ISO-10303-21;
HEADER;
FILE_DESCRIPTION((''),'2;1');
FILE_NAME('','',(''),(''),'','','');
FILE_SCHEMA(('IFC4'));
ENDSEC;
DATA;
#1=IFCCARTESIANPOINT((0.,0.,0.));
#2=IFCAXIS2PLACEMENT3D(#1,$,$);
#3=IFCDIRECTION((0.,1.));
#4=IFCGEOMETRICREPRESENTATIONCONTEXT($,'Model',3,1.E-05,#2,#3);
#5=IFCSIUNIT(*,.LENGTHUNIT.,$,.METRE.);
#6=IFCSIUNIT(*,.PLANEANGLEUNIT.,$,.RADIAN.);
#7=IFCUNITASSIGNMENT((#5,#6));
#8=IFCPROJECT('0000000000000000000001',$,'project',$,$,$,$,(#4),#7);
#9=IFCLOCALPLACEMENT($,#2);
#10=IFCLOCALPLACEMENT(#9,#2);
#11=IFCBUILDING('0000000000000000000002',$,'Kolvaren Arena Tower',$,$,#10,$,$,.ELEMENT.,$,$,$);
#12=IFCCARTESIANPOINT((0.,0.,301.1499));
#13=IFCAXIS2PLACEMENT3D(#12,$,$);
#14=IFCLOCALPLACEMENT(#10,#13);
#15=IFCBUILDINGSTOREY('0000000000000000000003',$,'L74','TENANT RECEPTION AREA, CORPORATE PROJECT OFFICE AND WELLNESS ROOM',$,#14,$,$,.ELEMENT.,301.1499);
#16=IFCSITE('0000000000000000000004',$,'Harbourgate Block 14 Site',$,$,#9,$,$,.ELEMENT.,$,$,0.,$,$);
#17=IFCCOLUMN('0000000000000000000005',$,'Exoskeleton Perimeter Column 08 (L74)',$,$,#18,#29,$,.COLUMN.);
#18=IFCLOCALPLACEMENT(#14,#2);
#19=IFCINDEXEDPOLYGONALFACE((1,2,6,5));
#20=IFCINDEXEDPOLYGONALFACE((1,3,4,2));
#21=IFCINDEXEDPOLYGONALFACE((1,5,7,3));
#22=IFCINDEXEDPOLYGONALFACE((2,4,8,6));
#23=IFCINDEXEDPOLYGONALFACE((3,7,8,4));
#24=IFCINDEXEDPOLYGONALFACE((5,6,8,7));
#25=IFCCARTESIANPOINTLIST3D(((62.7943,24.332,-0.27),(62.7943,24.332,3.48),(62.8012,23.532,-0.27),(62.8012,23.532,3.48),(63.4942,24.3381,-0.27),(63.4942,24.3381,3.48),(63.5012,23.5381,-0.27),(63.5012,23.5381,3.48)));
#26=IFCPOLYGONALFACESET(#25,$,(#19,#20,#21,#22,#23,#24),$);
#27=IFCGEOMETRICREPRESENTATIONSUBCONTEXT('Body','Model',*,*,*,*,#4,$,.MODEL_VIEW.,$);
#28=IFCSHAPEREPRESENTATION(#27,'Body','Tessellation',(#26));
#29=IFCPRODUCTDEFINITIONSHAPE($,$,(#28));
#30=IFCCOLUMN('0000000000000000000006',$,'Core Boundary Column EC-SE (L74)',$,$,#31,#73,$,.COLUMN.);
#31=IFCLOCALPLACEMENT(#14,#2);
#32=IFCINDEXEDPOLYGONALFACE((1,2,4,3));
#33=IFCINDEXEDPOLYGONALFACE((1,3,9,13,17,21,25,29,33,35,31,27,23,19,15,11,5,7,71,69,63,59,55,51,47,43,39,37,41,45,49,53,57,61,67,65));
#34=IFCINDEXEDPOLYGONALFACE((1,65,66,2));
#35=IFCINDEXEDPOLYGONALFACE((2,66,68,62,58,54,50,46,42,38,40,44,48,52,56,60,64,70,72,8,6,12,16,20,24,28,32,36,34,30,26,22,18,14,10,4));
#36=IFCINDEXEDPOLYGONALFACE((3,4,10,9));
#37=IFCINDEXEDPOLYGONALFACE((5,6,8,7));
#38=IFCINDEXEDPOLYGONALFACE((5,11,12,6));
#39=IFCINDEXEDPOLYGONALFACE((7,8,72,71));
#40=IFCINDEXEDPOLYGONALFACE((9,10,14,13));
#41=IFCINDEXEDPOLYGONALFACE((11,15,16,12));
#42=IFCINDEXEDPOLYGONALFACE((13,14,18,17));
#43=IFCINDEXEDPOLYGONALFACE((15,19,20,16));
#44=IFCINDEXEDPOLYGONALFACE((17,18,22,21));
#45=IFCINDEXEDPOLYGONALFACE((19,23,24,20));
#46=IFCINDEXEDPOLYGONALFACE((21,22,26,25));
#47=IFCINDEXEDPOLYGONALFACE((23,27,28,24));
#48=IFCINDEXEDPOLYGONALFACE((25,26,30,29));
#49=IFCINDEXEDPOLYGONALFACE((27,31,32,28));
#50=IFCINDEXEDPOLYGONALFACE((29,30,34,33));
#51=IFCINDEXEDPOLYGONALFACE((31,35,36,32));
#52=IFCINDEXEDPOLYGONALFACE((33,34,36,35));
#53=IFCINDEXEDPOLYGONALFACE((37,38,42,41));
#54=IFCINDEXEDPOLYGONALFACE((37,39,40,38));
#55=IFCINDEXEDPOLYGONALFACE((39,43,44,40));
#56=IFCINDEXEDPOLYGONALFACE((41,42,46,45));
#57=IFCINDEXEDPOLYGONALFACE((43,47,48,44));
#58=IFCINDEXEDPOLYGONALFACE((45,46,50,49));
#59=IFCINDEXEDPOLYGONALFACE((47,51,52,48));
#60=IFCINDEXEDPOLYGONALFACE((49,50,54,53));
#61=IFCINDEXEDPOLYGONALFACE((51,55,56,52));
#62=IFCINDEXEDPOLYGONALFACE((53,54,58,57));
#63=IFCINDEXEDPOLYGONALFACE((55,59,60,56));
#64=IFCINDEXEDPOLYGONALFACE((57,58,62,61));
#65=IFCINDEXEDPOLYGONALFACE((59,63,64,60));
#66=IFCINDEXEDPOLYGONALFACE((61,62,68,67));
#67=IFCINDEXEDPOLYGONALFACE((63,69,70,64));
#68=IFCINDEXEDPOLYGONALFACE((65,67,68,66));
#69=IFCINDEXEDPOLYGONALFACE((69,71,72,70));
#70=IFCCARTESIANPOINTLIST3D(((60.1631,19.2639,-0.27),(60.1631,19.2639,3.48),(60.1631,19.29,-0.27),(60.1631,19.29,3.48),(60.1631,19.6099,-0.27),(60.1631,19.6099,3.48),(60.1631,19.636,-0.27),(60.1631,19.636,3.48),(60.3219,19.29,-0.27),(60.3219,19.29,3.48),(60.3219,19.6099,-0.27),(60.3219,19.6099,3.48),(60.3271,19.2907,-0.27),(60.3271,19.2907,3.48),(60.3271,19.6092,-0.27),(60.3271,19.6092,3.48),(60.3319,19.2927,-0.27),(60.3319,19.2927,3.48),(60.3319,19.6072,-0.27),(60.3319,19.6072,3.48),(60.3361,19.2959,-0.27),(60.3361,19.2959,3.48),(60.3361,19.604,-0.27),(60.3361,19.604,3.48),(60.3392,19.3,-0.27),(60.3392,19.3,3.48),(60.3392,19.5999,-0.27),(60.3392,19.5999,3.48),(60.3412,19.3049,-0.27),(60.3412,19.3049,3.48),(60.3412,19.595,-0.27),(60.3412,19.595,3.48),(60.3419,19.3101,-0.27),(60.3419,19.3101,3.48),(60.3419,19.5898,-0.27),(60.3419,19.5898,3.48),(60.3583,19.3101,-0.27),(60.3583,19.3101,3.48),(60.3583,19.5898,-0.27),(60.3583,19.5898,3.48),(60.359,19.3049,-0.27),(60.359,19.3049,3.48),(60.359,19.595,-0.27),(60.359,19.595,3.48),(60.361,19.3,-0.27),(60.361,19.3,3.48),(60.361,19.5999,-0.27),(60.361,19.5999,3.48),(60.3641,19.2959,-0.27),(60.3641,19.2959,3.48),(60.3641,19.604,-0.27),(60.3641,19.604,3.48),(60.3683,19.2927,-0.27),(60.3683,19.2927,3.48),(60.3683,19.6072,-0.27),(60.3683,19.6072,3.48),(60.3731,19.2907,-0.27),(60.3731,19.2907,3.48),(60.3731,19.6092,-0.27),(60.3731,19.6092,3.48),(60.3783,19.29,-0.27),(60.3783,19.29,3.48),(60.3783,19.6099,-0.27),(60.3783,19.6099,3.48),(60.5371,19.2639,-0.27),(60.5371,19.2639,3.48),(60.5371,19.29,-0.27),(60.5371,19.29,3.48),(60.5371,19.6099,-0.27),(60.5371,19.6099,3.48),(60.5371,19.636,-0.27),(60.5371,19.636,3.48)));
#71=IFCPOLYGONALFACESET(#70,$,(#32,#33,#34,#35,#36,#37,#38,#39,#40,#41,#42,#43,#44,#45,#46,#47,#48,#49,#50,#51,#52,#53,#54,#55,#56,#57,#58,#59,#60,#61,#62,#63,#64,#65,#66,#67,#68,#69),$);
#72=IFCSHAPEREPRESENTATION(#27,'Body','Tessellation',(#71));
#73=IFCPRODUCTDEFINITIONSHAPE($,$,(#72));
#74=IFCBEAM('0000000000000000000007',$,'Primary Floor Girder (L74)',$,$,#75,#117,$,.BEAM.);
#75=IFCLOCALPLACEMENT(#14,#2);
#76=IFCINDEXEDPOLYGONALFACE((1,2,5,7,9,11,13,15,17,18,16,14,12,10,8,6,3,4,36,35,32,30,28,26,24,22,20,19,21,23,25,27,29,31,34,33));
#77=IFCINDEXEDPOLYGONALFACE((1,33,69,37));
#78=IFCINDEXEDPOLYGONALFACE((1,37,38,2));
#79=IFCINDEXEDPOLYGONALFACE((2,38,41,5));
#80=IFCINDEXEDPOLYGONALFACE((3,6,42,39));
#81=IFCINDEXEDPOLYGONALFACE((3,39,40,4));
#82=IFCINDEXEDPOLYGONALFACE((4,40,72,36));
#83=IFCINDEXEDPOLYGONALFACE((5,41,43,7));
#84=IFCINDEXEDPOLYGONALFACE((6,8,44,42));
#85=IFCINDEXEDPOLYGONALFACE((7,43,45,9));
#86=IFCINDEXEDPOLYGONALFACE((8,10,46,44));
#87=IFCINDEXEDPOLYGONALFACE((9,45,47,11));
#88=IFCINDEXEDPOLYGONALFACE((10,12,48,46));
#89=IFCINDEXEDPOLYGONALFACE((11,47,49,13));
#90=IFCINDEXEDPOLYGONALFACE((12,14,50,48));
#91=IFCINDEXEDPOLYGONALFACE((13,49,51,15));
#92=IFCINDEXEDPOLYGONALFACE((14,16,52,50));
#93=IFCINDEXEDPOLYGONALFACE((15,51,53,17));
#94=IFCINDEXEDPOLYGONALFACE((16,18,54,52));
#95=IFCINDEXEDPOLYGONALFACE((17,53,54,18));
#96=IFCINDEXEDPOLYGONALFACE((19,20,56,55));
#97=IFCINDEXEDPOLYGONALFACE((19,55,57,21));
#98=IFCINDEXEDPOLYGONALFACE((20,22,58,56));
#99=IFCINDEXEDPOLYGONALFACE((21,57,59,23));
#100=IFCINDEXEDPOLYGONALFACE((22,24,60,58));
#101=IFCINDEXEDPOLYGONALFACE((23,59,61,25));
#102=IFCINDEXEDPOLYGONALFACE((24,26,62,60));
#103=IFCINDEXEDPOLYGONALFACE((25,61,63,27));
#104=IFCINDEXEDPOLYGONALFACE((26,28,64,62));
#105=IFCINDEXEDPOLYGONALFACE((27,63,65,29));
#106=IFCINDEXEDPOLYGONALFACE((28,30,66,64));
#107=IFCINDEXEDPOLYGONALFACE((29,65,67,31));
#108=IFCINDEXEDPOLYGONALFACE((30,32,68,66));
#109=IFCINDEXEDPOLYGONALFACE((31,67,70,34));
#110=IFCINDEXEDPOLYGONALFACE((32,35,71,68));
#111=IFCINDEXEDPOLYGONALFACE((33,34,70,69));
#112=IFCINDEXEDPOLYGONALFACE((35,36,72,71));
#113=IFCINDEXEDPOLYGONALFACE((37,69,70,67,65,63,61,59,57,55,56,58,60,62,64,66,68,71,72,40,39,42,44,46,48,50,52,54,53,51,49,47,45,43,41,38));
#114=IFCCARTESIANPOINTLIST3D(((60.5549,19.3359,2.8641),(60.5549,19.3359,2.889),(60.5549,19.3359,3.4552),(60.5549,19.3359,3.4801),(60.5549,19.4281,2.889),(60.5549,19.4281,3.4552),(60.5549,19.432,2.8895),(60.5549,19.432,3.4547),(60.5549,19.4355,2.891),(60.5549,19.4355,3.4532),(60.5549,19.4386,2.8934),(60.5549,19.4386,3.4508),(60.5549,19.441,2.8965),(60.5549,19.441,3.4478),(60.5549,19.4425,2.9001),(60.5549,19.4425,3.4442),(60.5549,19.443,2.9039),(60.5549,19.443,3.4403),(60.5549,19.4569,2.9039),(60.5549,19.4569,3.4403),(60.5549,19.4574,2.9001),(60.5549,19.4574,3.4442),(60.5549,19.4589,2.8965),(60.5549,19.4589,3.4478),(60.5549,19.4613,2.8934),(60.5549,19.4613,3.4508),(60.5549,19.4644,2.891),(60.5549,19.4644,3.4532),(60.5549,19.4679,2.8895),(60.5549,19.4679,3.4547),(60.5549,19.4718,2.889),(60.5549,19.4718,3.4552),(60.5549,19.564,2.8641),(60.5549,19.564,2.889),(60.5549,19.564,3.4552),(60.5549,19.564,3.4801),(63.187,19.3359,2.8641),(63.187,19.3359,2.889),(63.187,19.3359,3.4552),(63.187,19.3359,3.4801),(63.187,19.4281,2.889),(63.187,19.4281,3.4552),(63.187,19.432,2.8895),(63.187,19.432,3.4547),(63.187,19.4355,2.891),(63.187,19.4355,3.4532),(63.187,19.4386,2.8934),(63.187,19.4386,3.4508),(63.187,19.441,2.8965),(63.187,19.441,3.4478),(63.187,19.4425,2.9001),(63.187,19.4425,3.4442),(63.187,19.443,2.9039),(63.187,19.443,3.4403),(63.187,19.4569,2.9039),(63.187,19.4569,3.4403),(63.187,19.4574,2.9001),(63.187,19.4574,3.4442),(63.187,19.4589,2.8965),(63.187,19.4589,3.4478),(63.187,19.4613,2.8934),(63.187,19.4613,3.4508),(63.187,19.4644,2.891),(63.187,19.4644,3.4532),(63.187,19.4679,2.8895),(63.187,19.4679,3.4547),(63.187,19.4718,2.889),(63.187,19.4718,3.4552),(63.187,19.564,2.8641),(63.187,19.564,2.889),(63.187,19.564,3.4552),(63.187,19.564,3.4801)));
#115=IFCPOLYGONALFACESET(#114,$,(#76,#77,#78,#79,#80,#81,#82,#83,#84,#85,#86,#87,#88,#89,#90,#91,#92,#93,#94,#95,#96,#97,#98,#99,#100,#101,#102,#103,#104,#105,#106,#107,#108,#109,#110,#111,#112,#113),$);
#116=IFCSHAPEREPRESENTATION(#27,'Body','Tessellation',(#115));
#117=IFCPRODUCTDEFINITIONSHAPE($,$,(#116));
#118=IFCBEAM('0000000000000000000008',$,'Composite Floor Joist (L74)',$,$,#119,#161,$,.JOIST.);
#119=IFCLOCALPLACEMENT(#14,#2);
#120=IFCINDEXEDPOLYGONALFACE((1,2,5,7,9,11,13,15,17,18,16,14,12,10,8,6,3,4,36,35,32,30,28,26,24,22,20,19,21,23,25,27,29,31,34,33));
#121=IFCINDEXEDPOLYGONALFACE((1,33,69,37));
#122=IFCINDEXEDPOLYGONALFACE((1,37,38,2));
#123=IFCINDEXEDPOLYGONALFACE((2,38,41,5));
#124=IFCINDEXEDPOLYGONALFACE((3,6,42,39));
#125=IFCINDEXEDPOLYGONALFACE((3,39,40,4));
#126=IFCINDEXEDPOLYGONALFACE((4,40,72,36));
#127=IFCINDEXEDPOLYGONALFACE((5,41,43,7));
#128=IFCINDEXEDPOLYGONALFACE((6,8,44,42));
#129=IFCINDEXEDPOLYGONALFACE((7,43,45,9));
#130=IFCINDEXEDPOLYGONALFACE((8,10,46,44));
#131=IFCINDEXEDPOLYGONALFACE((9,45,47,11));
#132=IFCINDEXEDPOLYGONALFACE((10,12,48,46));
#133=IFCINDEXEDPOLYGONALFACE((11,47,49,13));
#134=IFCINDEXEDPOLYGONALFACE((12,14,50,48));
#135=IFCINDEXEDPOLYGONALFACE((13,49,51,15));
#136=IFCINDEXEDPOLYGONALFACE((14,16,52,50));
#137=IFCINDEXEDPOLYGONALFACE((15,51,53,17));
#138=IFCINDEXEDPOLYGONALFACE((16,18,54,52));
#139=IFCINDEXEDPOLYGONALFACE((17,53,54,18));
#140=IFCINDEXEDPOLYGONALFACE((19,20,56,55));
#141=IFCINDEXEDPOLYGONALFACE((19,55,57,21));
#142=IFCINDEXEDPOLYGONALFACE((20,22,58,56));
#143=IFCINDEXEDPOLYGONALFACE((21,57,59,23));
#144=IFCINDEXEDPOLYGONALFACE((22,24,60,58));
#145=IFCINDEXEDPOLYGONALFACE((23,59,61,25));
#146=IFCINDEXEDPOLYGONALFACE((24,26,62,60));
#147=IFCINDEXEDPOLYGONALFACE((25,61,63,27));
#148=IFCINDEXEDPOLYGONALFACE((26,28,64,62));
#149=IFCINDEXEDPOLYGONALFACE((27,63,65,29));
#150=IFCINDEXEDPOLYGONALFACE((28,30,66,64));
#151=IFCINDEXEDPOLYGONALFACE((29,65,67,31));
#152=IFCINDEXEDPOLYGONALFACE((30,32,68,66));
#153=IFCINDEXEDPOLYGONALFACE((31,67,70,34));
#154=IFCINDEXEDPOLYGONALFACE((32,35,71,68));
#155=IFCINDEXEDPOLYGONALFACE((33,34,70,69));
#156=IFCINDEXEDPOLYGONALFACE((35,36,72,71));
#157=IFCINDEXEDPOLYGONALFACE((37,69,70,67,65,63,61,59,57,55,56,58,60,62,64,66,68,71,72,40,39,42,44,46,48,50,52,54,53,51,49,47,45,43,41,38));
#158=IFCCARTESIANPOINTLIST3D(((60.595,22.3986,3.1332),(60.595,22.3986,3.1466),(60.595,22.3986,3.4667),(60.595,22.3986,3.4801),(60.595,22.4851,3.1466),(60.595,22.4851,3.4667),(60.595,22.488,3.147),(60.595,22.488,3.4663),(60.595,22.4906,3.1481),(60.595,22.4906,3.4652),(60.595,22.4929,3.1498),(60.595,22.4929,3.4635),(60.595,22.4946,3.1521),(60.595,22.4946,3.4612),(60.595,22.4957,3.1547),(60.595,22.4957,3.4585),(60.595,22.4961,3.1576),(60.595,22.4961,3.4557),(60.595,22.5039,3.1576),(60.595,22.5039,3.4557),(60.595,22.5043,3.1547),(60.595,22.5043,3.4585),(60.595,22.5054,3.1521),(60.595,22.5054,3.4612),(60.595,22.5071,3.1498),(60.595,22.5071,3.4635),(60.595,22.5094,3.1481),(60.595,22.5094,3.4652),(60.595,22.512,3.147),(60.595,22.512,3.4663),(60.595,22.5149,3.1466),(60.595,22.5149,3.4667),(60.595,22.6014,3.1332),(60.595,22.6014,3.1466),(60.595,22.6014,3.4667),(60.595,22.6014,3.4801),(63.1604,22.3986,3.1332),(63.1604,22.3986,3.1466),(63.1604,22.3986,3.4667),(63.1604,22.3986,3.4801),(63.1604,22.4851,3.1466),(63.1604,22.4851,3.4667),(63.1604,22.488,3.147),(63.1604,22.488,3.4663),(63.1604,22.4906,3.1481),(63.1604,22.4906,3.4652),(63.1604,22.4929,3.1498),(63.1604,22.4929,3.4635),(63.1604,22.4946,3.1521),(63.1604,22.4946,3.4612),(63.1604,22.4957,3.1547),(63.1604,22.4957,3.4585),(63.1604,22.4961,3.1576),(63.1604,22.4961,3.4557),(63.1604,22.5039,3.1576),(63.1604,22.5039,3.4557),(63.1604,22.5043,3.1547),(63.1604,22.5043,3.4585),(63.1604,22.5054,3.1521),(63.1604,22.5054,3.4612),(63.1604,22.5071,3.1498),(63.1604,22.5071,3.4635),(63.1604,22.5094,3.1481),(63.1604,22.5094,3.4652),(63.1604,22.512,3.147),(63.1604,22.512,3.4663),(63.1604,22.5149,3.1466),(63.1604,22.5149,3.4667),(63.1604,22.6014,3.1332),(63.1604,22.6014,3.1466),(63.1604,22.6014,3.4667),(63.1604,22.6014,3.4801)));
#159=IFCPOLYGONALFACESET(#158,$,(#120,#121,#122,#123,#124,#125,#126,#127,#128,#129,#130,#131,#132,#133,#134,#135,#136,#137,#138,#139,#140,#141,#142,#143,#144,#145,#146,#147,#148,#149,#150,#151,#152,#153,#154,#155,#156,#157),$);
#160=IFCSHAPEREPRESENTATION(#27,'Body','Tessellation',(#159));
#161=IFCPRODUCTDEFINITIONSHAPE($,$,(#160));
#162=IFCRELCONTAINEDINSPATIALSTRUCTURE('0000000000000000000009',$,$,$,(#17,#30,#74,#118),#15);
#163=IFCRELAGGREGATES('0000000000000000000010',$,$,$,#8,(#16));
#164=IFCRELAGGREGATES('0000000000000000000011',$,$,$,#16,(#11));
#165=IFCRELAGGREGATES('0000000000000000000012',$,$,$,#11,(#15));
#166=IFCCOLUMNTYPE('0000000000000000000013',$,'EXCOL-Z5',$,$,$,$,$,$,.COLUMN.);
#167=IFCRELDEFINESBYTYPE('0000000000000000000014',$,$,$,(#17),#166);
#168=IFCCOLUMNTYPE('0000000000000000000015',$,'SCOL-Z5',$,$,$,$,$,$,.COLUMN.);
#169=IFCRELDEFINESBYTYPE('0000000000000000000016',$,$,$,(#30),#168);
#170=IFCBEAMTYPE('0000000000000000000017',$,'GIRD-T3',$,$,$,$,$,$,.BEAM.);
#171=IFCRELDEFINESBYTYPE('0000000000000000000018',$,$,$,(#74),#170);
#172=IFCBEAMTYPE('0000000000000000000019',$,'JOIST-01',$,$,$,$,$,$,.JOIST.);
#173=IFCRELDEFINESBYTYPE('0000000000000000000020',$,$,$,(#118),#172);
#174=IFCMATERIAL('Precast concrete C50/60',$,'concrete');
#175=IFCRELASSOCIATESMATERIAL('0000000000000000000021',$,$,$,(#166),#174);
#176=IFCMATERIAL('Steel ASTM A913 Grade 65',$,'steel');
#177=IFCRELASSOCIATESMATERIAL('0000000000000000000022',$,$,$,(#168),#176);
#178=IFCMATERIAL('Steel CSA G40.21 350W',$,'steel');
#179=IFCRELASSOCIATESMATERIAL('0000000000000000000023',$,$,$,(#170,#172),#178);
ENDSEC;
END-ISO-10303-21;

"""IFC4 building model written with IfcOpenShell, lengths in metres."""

from ifc_helpers import new_model, si_unit, direction, frame, origin, origin_2d, place, context, subcontext, project, spatial, rectangle, i_section, extrude, material, material_profile, profile_set, type_object, element, save


model = new_model("IFC4")

# Units and contexts
model_context = context("Model", 3, precision=1e-05, world=origin(), true_north=direction((0.0, 1.0)))
body_context = subcontext(model_context, "Body", "Model", "MODEL_VIEW")
ifc_project = project(units=[si_unit("LENGTHUNIT", "METRE"), si_unit("PLANEANGLEUNIT", "RADIAN")], contexts=[model_context])

# Site, building, storey
site_placement = place(None, origin())
site = spatial("IfcSite", under=ifc_project, at=site_placement, Name="Harbourgate Block 14 Site", CompositionType="ELEMENT", RefElevation=0.0)
building_placement = place(site_placement, origin())
building = spatial("IfcBuilding", under=site, at=building_placement, Name="Kolvaren Arena Tower", CompositionType="ELEMENT")
storey_placement = place(building_placement, frame((0.0, 0.0, 301.1499)))
storey = spatial("IfcBuildingStorey", under=building, at=storey_placement, Name="L74", Description="TENANT RECEPTION AREA, CORPORATE PROJECT OFFICE AND WELLNESS ROOM", CompositionType="ELEMENT", Elevation=301.1499)

# Columns
ifc_material_1 = material(Name="Precast concrete C50/60", Category="concrete")
ifc_material_profile_1 = material_profile(ifc_material_1, rectangle(XDim=0.8, YDim=0.7, at=origin_2d()), Name="RC-800x700")
ifc_profile_set_1 = profile_set([ifc_material_profile_1], Name="Precast concrete C50/60")
column_type_1 = type_object("IfcColumnType", Name="EXCOL-Z5", PredefinedType="COLUMN", material=ifc_profile_set_1)
column_1_placement = place(storey_placement, frame((63.1477, 23.9351, -0.27), z_axis=(0.0, 0.0, 1.0), x_axis=(-0.008727, 0.999962, 0.0)))
element("IfcColumn", 1, at=column_1_placement, inside=storey, type_object=column_type_1, Name="Exoskeleton Perimeter Column 08 (L74)", PredefinedType="COLUMN", context=body_context, shape_type="SweptSolid", body=[
    extrude(rectangle(XDim=0.8, YDim=0.7, at=origin_2d()), origin(), (0.0, 0.0, 1.0), 3.75),
])
ifc_material_2 = material(Name="Steel ASTM A913 Grade 65", Category="steel")
ifc_material_profile_2 = material_profile(ifc_material_2, i_section(OverallWidth=0.374, OverallDepth=0.3721, WebThickness=0.0164, FlangeThickness=0.0261, FilletRadius=0.02, at=origin_2d()), Name="W360x196")
ifc_profile_set_2 = profile_set([ifc_material_profile_2], Name="Steel ASTM A913 Grade 65")
column_type_2 = type_object("IfcColumnType", Name="SCOL-Z5", PredefinedType="COLUMN", material=ifc_profile_set_2)
column_2_placement = place(storey_placement, frame((60.3501, 19.45, -0.27), z_axis=(0.0, 0.0, 1.0), x_axis=(1.0, 0.0, 0.0)))
element("IfcColumn", 2, at=column_2_placement, inside=storey, type_object=column_type_2, Name="Core Boundary Column EC-SE (L74)", PredefinedType="COLUMN", context=body_context, shape_type="SweptSolid", body=[
    extrude(i_section(OverallWidth=0.374, OverallDepth=0.3721, WebThickness=0.0164, FlangeThickness=0.0261, FilletRadius=0.02, at=origin_2d()), origin(), (0.0, 0.0, 1.0), 3.75),
])

# Beams
ifc_material_3 = material(Name="Steel CSA G40.21 350W", Category="steel")
ifc_material_profile_3 = material_profile(ifc_material_3, i_section(OverallWidth=0.228, OverallDepth=0.616, WebThickness=0.0139, FlangeThickness=0.0249, FilletRadius=0.0149, at=origin_2d()), Name="W610x174")
ifc_profile_set_3 = profile_set([ifc_material_profile_3], Name="Steel CSA G40.21 350W")
beam_type_1 = type_object("IfcBeamType", Name="GIRD-T3", PredefinedType="BEAM", material=ifc_profile_set_3)
beam_1_placement = place(storey_placement, frame((60.5549, 19.45, 3.1721), z_axis=(1.0, 0.0, 0.0), x_axis=(0.0, 1.0, 0.0)))
element("IfcBeam", 3, at=beam_1_placement, inside=storey, type_object=beam_type_1, Name="Primary Floor Girder (L74)", PredefinedType="BEAM", context=body_context, shape_type="SweptSolid", body=[
    extrude(i_section(OverallWidth=0.228, OverallDepth=0.616, WebThickness=0.0139, FlangeThickness=0.0249, FilletRadius=0.0149, at=origin_2d()), origin(), (0.0, 0.0, 1.0), 2.6321),
])
ifc_material_profile_4 = material_profile(ifc_material_3, i_section(OverallWidth=0.2029, OverallDepth=0.3469, WebThickness=0.0078, FlangeThickness=0.0134, FilletRadius=0.011, at=origin_2d()), Name="W360x64")
ifc_profile_set_4 = profile_set([ifc_material_profile_4], Name="Steel CSA G40.21 350W")
beam_type_2 = type_object("IfcBeamType", Name="JOIST-01", PredefinedType="JOIST", material=ifc_profile_set_4)
beam_2_placement = place(storey_placement, frame((60.595, 22.5, 3.3066), z_axis=(1.0, 0.0, 0.0), x_axis=(0.0, 1.0, 0.0)))
element("IfcBeam", 4, at=beam_2_placement, inside=storey, type_object=beam_type_2, Name="Composite Floor Joist (L74)", PredefinedType="JOIST", context=body_context, shape_type="SweptSolid", body=[
    extrude(i_section(OverallWidth=0.2029, OverallDepth=0.3469, WebThickness=0.0078, FlangeThickness=0.0134, FilletRadius=0.011, at=origin_2d()), origin(), (0.0, 0.0, 1.0), 2.5654),
])

save(model, "model.ifc")
